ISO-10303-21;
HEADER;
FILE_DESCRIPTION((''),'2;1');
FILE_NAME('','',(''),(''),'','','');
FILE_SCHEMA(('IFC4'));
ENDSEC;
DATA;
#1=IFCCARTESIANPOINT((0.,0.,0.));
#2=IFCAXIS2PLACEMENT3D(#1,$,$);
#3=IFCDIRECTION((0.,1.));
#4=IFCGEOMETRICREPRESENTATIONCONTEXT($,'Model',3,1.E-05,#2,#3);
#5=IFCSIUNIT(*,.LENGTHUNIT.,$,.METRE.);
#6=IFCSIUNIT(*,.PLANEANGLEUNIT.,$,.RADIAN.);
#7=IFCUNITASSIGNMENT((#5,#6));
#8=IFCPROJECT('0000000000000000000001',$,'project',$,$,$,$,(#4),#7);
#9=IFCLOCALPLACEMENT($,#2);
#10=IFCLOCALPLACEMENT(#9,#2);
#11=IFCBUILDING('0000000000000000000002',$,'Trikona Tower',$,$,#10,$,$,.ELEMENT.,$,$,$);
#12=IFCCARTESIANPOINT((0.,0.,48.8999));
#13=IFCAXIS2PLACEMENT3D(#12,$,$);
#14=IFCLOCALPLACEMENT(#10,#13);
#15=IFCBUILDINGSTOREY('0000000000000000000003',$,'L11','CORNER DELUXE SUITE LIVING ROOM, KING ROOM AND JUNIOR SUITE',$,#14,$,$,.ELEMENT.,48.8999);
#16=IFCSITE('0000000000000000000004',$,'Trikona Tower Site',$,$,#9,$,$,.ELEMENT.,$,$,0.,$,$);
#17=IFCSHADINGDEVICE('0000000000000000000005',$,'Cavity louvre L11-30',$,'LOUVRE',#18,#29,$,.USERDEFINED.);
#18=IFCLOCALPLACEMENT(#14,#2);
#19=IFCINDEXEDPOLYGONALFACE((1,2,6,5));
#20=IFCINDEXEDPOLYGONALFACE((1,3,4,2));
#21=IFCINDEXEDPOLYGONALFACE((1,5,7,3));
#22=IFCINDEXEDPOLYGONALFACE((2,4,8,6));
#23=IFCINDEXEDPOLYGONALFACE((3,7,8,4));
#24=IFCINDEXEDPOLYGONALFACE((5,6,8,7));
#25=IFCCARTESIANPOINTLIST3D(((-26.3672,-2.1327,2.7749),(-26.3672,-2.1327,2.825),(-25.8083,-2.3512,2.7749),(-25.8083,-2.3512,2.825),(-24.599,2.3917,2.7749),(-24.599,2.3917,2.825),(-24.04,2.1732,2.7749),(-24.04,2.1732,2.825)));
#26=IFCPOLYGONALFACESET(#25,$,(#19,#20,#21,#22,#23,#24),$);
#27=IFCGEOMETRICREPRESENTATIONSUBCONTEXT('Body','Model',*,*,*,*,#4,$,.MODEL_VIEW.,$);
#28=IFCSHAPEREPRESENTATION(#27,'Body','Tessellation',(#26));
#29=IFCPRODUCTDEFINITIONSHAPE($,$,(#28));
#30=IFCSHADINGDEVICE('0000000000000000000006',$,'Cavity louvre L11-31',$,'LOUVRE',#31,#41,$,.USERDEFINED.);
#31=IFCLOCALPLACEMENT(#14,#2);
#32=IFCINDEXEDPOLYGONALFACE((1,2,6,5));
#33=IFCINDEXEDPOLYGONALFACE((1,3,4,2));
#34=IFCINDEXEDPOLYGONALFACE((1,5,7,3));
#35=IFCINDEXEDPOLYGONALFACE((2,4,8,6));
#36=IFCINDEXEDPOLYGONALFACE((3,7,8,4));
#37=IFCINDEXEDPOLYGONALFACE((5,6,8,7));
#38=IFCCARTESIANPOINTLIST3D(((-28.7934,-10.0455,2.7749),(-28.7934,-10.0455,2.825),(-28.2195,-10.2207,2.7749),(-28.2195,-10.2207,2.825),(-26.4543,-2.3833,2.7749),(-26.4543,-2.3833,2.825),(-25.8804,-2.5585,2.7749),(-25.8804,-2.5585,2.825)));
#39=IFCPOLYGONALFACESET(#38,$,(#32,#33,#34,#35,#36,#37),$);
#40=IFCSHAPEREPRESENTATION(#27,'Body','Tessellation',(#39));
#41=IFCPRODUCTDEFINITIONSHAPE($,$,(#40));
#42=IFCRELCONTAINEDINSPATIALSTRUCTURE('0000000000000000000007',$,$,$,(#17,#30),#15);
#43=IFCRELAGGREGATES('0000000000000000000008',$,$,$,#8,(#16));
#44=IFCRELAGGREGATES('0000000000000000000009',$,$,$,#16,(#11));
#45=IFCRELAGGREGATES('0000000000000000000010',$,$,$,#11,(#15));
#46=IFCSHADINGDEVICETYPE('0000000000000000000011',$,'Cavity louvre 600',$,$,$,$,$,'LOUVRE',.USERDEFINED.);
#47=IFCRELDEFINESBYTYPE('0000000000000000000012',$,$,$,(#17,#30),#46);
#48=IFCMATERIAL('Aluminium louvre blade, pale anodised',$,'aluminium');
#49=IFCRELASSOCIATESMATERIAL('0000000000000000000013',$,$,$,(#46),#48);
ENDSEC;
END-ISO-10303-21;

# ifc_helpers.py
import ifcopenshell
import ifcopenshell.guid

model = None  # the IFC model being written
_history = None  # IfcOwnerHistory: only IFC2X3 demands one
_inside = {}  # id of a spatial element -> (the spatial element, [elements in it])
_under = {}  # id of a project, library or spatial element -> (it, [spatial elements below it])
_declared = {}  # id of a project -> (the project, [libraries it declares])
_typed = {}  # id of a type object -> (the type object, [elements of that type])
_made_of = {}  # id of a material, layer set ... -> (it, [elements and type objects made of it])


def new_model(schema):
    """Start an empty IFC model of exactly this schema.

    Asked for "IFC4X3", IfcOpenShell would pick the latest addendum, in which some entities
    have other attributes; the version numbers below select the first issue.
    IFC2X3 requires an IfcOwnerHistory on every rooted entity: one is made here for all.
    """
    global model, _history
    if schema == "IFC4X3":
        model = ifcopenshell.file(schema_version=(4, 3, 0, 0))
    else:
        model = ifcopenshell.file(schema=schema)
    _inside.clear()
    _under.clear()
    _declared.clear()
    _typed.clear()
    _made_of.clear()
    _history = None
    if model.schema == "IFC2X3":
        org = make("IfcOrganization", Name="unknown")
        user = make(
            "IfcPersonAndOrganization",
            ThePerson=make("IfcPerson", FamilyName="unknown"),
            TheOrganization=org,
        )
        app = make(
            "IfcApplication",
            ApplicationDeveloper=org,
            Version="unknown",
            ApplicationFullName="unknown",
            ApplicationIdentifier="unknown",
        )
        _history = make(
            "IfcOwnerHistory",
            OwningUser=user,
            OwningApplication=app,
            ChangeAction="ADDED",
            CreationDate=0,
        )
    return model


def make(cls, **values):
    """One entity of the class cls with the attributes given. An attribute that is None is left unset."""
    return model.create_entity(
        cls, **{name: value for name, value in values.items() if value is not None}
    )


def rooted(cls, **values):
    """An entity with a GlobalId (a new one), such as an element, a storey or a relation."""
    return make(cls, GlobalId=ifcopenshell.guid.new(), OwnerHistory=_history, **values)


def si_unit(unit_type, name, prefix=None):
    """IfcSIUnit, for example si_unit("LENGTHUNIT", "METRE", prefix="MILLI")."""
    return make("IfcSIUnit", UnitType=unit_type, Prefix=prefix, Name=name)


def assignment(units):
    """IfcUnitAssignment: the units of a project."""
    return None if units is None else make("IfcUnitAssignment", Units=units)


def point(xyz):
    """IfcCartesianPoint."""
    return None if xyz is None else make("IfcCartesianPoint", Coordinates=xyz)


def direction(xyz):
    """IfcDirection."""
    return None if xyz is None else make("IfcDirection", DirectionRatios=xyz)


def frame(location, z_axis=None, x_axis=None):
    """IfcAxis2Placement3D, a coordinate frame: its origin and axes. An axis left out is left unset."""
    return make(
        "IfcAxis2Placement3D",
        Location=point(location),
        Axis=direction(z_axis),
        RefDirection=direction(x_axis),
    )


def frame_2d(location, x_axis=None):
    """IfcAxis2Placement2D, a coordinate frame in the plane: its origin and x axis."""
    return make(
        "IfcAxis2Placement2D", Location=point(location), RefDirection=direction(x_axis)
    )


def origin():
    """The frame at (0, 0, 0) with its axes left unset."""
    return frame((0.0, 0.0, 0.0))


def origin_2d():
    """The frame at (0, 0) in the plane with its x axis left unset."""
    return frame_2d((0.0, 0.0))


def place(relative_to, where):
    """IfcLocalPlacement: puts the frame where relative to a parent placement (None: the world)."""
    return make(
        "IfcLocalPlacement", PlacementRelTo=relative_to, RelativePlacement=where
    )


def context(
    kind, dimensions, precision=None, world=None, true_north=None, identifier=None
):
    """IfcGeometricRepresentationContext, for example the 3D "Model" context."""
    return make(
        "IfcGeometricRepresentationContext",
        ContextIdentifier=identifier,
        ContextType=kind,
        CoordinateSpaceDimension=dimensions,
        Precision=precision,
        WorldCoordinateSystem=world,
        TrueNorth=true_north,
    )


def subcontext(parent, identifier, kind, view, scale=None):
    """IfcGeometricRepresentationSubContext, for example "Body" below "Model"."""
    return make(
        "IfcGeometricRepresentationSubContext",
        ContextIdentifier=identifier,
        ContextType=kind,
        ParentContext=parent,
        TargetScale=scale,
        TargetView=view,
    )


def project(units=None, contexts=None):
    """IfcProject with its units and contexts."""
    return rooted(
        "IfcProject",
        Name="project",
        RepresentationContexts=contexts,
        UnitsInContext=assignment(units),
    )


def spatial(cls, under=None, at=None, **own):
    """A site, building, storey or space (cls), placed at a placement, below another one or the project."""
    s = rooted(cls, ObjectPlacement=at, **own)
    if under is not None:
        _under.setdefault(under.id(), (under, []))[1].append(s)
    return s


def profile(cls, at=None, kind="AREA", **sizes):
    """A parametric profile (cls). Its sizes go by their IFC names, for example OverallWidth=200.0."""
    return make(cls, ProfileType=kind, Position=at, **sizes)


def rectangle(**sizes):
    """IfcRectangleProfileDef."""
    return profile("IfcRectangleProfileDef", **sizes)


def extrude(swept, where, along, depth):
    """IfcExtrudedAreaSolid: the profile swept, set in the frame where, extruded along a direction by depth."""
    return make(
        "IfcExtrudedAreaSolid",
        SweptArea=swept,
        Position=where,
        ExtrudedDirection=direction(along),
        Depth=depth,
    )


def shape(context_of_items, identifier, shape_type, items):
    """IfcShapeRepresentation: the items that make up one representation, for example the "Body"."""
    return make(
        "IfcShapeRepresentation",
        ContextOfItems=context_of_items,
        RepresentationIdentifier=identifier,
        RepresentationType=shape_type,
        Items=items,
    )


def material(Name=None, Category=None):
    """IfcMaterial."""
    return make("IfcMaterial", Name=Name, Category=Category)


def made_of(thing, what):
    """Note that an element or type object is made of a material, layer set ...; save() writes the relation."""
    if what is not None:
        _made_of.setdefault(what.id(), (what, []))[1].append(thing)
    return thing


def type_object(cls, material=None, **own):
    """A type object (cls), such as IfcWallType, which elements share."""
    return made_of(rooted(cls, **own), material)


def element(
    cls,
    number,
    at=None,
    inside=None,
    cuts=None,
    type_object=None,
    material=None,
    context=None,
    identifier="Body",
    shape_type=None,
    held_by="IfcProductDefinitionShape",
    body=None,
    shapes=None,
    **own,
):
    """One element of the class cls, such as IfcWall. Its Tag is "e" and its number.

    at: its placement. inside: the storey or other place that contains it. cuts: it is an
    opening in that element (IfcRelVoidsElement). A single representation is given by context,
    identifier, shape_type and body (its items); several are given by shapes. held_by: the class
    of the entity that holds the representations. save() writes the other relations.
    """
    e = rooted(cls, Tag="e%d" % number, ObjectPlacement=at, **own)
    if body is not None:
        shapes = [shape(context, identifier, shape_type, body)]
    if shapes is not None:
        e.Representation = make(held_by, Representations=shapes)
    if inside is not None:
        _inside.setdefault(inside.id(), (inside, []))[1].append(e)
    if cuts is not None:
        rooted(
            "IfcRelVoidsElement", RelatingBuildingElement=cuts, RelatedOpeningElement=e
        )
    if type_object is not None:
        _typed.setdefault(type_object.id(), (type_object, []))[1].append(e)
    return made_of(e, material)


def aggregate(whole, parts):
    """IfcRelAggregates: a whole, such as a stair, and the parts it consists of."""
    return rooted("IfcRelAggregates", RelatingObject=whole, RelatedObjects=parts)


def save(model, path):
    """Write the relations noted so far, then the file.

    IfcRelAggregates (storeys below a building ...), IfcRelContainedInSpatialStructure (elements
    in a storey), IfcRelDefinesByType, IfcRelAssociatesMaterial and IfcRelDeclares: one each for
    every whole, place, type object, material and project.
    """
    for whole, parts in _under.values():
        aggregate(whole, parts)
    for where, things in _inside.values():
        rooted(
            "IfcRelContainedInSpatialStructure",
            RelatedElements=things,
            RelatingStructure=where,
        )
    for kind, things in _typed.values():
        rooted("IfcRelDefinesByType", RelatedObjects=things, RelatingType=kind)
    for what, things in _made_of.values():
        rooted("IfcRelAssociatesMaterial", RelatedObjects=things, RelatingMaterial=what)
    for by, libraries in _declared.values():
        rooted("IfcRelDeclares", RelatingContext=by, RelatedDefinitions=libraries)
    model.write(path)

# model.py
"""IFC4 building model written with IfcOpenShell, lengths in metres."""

from ifc_helpers import new_model, si_unit, direction, frame, origin, origin_2d, place, context, subcontext, project, spatial, rectangle, extrude, material, type_object, element, save


model = new_model("IFC4")

# Units and contexts
model_context = context("Model", 3, precision=1e-05, world=origin(), true_north=direction((0.0, 1.0)))
body_context = subcontext(model_context, "Body", "Model", "MODEL_VIEW")
ifc_project = project(units=[si_unit("LENGTHUNIT", "METRE"), si_unit("PLANEANGLEUNIT", "RADIAN")], contexts=[model_context])

# Site, building, storey
site_placement = place(None, origin())
site = spatial("IfcSite", under=ifc_project, at=site_placement, Name="Trikona Tower Site", CompositionType="ELEMENT", RefElevation=0.0)
building_placement = place(site_placement, origin())
building = spatial("IfcBuilding", under=site, at=building_placement, Name="Trikona Tower", CompositionType="ELEMENT")
storey_placement = place(building_placement, frame((0.0, 0.0, 48.8999)))
storey = spatial("IfcBuildingStorey", under=building, at=storey_placement, Name="L11", Description="CORNER DELUXE SUITE LIVING ROOM, KING ROOM AND JUNIOR SUITE", CompositionType="ELEMENT", Elevation=48.8999)

# Shading devices
ifc_material_1 = material(Name="Aluminium louvre blade, pale anodised", Category="aluminium")
shading_device_type = type_object("IfcShadingDeviceType", Name="Cavity louvre 600", ElementType="LOUVRE", PredefinedType="USERDEFINED", material=ifc_material_1)
shading_device_1_placement = place(storey_placement, frame((-25.2036, 0.0203, 2.7749), z_axis=(0.0, 0.0, 1.0), x_axis=(-0.364009, -0.931395, 0.0)))
element("IfcShadingDevice", 1, at=shading_device_1_placement, inside=storey, type_object=shading_device_type, Name="Cavity louvre L11-30", ObjectType="LOUVRE", PredefinedType="USERDEFINED", context=body_context, shape_type="SweptSolid", body=[
    extrude(rectangle(XDim=4.8577, YDim=0.6001, at=origin_2d()), origin(), (0.0, 0.0, 1.0), 0.05),
])
shading_device_2_placement = place(storey_placement, frame((-27.3369, -6.302, 2.7749), z_axis=(0.0, 0.0, 1.0), x_axis=(-0.291979, -0.956425, 0.0)))
element("IfcShadingDevice", 2, at=shading_device_2_placement, inside=storey, type_object=shading_device_type, Name="Cavity louvre L11-31", ObjectType="LOUVRE", PredefinedType="USERDEFINED", context=body_context, shape_type="SweptSolid", body=[
    extrude(rectangle(XDim=8.0112, YDim=0.6001, at=origin_2d()), origin(), (0.0, 0.0, 1.0), 0.05),
])

save(model, "model.ifc")
